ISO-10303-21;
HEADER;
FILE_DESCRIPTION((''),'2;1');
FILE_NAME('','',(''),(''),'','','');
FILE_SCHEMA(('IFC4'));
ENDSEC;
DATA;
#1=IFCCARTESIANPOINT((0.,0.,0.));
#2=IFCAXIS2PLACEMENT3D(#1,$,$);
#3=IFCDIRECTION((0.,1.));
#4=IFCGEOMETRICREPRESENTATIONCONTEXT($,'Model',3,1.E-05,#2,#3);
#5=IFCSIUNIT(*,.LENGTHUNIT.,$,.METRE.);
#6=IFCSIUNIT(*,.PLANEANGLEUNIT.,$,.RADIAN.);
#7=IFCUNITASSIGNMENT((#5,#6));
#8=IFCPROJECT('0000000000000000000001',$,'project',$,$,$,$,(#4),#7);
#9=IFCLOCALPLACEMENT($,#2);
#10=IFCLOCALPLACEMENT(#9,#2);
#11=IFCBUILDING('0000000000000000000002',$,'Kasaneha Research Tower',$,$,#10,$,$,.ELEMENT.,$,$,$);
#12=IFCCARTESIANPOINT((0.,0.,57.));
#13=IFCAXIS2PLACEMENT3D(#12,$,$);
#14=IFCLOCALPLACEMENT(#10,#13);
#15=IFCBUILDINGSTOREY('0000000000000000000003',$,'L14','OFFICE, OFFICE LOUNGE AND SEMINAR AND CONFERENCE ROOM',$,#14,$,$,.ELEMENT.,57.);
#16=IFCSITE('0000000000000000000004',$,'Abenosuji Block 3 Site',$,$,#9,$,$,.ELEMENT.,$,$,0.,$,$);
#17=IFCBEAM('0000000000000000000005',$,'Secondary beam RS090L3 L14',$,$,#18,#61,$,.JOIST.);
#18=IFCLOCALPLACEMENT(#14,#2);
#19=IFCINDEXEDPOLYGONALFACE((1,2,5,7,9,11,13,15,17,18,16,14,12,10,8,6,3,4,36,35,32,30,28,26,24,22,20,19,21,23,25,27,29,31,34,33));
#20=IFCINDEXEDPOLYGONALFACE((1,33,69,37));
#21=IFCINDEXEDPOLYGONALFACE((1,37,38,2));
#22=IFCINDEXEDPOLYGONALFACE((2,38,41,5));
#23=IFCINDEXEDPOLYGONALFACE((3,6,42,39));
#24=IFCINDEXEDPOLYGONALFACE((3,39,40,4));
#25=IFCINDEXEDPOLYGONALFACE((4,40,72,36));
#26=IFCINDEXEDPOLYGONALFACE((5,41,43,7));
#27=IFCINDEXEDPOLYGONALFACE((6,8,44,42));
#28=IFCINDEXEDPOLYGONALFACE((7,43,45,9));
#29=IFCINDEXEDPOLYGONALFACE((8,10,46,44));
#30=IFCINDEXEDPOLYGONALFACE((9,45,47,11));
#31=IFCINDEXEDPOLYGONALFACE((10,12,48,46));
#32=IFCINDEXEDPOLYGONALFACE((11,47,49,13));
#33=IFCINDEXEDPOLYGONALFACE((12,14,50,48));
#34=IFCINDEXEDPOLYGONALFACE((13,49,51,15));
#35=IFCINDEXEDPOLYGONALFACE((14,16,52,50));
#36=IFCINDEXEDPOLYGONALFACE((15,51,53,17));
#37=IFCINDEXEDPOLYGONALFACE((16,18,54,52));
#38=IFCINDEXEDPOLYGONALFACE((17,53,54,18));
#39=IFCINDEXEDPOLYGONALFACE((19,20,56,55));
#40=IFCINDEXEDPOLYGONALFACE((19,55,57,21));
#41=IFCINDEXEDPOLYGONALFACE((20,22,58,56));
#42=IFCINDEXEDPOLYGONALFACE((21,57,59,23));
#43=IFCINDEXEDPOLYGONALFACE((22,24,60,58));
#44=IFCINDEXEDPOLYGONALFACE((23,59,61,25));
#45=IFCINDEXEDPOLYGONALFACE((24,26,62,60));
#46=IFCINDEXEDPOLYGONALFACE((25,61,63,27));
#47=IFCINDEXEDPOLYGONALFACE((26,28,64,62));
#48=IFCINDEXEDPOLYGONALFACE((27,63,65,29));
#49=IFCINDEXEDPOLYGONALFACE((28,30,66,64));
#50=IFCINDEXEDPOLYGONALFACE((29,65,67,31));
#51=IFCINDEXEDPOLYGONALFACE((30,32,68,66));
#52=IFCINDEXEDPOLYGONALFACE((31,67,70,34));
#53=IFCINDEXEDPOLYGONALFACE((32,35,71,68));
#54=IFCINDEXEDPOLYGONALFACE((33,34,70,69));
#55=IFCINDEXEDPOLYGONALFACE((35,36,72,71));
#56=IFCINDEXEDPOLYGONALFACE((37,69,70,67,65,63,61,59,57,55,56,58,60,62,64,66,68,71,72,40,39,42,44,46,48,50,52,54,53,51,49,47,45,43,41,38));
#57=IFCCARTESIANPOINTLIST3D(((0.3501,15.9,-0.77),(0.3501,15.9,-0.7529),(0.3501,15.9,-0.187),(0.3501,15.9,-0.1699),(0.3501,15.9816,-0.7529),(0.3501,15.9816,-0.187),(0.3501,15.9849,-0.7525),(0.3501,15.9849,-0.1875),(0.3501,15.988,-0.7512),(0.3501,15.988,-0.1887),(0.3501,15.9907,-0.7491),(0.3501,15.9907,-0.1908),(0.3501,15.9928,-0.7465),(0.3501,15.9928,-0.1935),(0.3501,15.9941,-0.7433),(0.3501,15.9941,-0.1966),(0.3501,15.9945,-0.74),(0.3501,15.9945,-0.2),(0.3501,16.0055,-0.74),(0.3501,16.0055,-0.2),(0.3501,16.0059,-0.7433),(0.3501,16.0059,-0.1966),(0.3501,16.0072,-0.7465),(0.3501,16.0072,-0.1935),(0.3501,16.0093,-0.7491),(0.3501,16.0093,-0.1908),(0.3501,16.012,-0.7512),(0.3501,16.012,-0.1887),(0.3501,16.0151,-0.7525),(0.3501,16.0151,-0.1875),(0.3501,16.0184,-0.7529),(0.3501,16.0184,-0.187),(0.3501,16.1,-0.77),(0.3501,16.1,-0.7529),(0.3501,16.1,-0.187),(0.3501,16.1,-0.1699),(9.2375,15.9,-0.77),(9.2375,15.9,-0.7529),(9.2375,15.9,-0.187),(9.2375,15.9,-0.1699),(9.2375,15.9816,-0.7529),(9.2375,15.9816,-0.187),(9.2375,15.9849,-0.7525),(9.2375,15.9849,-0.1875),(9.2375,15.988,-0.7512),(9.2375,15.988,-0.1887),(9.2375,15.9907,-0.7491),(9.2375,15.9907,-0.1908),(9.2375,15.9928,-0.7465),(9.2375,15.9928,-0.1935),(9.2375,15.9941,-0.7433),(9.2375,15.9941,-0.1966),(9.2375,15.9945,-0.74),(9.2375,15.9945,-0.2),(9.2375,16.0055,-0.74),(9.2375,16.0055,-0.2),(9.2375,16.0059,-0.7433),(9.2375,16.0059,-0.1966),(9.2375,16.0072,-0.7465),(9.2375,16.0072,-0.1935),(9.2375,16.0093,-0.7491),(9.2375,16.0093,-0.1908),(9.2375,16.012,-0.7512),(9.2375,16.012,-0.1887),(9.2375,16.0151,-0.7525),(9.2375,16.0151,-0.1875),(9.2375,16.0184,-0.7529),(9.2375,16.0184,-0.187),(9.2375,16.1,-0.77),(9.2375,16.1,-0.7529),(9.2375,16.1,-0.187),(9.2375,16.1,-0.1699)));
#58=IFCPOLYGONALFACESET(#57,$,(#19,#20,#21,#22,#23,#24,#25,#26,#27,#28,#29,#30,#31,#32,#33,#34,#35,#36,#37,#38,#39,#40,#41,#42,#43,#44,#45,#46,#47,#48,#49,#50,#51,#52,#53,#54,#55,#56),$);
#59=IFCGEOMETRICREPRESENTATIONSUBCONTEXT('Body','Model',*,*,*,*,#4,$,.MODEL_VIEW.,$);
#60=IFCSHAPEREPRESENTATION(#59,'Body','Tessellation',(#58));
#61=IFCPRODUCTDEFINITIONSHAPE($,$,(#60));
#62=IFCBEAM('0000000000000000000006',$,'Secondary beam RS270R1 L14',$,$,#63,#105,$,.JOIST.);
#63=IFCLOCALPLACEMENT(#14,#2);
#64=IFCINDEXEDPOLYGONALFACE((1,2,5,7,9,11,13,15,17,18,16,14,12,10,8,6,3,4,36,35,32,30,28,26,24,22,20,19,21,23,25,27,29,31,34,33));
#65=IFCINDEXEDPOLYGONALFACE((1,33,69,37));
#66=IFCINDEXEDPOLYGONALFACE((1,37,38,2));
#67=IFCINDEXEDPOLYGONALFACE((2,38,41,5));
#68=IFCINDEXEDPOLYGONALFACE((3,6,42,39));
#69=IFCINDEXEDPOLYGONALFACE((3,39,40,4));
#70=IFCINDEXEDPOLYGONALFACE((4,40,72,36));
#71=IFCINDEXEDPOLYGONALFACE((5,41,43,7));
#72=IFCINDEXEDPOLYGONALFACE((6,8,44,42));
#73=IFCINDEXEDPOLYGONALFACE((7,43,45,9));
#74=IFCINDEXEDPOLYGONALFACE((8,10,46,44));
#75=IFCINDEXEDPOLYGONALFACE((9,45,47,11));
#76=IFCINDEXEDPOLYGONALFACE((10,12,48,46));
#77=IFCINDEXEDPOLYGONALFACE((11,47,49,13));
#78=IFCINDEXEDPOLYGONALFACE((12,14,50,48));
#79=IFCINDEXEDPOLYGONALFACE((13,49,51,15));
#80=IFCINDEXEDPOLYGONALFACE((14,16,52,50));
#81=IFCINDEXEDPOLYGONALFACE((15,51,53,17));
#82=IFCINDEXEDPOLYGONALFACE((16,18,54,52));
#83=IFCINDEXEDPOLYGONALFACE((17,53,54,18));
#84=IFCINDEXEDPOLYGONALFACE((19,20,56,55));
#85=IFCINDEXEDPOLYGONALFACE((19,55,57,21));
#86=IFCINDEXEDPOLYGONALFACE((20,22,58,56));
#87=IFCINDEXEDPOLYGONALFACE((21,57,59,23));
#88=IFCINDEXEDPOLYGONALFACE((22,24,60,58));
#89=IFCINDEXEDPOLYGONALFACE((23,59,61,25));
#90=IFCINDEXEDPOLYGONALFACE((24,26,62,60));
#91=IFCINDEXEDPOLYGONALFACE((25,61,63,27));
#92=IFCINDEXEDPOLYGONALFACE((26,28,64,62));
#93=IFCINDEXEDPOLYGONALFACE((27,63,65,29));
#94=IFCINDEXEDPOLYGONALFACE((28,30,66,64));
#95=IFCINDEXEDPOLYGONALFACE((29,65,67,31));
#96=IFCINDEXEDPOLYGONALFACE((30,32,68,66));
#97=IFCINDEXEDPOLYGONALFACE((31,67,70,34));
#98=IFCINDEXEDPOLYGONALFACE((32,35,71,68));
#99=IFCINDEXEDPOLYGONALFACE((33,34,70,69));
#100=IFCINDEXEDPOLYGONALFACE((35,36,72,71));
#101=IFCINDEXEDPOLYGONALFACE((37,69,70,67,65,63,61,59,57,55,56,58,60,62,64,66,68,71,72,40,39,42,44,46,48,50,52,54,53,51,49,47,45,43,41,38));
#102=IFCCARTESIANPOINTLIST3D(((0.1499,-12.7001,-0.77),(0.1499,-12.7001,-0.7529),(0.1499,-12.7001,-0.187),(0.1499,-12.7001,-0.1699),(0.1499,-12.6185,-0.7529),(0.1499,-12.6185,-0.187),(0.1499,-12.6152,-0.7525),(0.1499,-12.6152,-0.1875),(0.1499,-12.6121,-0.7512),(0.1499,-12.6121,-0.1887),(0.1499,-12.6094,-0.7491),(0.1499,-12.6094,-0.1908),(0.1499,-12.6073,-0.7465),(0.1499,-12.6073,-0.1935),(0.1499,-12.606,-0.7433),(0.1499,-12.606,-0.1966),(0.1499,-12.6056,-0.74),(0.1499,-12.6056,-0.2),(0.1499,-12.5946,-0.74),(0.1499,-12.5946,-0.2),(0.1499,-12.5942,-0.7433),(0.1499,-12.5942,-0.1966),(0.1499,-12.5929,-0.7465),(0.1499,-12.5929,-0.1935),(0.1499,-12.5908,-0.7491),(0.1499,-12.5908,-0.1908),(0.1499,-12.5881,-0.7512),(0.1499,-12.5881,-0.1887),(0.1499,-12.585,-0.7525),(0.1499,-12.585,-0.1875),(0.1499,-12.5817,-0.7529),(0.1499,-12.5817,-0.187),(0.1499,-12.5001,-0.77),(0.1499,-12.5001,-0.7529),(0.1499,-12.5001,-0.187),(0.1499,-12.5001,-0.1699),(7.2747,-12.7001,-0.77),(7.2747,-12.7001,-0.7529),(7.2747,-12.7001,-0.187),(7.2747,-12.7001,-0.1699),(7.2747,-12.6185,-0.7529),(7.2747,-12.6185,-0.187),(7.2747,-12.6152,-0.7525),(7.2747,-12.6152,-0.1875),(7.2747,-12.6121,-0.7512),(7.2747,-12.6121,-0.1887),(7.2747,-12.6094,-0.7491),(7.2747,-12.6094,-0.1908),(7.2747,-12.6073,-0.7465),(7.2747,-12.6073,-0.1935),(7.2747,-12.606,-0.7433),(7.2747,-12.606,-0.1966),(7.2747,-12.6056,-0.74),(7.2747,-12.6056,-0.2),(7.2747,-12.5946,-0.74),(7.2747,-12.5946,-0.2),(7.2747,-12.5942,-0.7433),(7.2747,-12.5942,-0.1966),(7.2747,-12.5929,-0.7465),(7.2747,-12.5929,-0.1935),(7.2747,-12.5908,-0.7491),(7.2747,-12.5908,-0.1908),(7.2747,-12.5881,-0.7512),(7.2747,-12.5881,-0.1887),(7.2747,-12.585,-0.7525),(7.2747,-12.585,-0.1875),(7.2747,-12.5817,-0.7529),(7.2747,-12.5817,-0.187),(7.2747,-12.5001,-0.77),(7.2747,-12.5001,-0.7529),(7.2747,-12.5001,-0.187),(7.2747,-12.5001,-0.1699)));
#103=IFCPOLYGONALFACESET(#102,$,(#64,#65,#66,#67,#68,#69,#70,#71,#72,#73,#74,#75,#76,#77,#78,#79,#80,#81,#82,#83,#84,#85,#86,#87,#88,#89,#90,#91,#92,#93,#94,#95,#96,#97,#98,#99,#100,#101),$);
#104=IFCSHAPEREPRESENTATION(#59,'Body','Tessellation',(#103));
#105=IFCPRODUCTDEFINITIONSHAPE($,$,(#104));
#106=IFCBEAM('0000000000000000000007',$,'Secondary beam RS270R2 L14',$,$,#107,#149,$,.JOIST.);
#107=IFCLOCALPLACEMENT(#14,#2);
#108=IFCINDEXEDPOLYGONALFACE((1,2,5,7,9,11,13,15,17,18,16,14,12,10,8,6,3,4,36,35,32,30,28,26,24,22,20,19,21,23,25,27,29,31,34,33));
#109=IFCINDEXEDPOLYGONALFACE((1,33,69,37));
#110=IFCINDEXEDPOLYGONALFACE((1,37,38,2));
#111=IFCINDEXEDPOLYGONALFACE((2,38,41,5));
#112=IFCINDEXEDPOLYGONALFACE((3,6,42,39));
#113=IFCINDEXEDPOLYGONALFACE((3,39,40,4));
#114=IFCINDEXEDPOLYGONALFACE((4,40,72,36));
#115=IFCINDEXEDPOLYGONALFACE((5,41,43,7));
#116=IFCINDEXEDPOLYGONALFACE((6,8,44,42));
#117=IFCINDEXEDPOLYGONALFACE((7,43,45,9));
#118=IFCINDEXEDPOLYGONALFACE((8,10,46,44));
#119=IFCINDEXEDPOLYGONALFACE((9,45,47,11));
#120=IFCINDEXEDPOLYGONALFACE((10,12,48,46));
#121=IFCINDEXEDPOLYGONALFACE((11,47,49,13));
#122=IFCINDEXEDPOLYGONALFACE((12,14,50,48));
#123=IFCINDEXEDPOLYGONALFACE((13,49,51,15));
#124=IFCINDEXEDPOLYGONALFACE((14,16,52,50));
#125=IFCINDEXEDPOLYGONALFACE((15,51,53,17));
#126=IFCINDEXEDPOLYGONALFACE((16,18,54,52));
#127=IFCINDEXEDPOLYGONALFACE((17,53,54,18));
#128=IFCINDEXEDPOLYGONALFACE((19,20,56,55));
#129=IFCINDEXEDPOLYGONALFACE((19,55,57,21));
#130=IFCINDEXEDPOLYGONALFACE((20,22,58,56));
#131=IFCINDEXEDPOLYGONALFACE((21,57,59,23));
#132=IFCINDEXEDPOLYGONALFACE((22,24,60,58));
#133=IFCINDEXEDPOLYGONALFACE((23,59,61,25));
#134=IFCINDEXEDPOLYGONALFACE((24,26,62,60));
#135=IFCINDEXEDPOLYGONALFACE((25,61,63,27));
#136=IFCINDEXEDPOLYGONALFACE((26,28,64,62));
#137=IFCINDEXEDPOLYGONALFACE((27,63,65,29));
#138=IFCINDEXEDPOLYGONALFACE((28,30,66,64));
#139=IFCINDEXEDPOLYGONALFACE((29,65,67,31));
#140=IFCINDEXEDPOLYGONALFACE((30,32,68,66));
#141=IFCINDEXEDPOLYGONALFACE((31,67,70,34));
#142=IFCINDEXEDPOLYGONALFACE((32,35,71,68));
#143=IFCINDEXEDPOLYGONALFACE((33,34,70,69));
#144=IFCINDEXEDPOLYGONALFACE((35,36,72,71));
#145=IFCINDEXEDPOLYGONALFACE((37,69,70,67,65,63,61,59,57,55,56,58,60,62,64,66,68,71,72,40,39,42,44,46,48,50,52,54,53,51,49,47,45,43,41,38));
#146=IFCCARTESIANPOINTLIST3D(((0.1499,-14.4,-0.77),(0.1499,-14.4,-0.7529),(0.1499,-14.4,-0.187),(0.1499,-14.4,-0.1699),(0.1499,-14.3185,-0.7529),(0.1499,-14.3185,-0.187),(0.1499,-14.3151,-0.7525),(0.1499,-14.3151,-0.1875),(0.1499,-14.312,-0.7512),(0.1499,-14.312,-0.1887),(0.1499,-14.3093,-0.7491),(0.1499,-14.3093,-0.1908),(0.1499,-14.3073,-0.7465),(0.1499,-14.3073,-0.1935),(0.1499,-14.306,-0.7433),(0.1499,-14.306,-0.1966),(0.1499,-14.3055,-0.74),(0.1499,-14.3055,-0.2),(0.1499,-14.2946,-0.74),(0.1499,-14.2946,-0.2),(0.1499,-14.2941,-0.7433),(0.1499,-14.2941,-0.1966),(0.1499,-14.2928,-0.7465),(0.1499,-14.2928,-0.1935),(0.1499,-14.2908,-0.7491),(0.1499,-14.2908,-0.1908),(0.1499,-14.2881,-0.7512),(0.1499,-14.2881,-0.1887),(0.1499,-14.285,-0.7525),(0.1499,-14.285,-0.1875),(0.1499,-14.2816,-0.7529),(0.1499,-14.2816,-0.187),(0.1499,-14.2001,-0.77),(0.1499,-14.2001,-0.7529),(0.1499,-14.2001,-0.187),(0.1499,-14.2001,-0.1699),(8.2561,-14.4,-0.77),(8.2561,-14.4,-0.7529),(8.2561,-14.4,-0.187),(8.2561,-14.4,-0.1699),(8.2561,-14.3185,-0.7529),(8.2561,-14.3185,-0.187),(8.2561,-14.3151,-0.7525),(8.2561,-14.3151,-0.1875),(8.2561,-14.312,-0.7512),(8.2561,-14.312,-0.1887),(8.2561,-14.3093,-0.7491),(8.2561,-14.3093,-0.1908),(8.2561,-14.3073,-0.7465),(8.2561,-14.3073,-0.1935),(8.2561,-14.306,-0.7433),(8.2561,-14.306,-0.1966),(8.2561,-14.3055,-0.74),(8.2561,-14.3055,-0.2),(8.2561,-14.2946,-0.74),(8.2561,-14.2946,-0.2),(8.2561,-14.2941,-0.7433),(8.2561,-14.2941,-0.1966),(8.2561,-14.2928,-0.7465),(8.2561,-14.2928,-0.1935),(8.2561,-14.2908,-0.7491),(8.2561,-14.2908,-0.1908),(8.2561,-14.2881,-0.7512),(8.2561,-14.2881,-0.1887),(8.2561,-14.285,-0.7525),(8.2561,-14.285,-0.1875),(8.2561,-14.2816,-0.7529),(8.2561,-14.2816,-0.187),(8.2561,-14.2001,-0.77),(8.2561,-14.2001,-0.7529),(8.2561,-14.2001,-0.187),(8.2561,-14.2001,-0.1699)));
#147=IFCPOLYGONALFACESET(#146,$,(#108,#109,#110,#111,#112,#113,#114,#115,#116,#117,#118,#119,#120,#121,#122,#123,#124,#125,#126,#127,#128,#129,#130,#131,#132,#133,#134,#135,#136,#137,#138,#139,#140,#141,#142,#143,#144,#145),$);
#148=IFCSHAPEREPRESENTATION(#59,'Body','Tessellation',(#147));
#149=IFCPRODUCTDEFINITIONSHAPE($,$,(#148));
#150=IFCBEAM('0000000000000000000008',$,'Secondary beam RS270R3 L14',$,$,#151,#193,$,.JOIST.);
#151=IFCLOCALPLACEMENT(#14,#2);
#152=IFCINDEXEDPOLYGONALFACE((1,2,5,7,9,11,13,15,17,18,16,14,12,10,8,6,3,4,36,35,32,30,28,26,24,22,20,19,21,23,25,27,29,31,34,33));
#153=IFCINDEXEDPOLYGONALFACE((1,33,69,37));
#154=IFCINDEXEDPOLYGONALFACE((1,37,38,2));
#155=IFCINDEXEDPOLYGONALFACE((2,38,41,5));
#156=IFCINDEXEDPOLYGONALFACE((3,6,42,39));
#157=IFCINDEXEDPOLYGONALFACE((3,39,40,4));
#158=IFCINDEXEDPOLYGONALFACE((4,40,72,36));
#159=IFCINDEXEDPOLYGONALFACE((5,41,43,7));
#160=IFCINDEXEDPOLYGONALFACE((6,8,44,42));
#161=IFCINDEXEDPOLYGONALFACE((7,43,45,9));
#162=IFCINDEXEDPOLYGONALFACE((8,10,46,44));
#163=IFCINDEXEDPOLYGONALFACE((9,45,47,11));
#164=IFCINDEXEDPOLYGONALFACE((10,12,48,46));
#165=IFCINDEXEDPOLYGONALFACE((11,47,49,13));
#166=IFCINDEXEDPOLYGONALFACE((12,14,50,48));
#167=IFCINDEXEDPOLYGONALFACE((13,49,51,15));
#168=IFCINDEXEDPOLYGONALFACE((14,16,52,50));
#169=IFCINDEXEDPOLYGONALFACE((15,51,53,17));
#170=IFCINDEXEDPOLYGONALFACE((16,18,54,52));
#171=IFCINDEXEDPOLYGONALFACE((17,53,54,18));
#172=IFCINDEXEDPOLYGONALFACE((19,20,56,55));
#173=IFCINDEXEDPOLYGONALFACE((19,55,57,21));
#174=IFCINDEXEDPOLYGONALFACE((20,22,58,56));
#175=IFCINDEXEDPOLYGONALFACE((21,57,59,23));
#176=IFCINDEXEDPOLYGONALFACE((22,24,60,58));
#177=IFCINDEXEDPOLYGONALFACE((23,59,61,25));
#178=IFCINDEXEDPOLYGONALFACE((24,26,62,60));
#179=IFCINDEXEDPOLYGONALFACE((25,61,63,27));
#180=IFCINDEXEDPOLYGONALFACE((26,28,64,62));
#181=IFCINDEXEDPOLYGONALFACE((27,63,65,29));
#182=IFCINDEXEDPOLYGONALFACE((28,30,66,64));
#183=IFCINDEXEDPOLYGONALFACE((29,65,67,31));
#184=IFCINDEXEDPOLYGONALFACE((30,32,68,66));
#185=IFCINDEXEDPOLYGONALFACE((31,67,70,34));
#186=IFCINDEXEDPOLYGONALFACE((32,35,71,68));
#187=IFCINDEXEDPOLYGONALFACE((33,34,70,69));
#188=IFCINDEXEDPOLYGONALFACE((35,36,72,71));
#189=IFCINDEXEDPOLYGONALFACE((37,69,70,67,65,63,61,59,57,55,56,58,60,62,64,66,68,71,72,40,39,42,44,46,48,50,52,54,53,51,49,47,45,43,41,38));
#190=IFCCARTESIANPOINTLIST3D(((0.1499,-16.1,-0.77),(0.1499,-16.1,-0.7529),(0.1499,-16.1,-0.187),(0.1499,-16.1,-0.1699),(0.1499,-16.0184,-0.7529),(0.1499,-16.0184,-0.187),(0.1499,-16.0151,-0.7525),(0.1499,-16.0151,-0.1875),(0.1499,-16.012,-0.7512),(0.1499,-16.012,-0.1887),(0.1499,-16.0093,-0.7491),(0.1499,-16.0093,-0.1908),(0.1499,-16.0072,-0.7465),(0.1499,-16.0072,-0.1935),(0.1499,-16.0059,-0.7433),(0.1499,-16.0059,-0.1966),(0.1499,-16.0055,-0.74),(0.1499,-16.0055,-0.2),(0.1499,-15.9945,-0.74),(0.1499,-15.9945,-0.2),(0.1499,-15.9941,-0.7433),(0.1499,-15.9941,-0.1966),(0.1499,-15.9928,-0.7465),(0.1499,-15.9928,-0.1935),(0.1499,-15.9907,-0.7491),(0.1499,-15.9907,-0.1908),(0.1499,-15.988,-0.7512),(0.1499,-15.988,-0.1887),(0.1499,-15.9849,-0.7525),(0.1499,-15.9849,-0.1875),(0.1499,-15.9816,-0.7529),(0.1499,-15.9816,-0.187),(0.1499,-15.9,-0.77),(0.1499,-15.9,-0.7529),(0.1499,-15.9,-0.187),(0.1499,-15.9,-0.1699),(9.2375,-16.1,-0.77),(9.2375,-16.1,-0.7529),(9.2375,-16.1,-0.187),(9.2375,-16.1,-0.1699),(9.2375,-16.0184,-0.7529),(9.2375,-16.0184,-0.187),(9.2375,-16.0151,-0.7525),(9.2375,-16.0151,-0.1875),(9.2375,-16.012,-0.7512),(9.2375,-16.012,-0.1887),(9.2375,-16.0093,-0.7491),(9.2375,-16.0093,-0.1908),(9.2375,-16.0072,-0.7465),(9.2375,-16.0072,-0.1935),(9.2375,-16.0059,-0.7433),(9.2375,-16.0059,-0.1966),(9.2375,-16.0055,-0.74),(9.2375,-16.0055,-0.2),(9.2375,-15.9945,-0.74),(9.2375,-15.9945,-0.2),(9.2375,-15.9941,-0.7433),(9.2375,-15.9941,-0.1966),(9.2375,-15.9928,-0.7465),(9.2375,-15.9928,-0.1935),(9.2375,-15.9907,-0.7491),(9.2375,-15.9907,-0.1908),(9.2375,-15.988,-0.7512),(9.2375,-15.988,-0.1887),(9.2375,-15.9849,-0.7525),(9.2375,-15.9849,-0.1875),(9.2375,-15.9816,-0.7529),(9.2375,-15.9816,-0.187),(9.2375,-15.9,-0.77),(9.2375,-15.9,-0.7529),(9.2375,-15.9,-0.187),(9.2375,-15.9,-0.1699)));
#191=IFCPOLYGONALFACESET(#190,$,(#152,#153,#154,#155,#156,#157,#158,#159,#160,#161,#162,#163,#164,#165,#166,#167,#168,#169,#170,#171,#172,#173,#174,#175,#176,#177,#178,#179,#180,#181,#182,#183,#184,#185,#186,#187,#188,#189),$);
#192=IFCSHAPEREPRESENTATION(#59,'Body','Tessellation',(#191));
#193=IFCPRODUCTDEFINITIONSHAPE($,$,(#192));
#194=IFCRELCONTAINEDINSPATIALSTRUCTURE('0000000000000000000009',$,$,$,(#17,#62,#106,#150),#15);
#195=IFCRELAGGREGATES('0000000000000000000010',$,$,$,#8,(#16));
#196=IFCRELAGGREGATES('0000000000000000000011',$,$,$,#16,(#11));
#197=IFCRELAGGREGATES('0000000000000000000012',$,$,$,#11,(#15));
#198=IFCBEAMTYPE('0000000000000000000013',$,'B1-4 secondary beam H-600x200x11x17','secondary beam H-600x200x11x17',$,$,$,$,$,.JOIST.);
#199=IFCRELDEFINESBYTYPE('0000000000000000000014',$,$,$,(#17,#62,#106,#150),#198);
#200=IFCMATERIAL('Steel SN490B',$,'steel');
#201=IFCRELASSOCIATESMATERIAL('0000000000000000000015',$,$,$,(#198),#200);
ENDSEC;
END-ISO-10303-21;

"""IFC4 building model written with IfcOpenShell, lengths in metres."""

from ifc_helpers import new_model, si_unit, direction, frame, origin, origin_2d, place, context, subcontext, project, spatial, i_section, extrude, material, material_profile, profile_set, type_object, element, save


model = new_model("IFC4")

# Units and contexts
model_context = context("Model", 3, precision=1e-05, world=origin(), true_north=direction((0.0, 1.0)))
body_context = subcontext(model_context, "Body", "Model", "MODEL_VIEW")
ifc_project = project(units=[si_unit("LENGTHUNIT", "METRE"), si_unit("PLANEANGLEUNIT", "RADIAN")], contexts=[model_context])

# Site, building, storey
site_placement = place(None, origin())
site = spatial("IfcSite", under=ifc_project, at=site_placement, Name="Abenosuji Block 3 Site", CompositionType="ELEMENT", RefElevation=0.0)
building_placement = place(site_placement, origin())
building = spatial("IfcBuilding", under=site, at=building_placement, Name="Kasaneha Research Tower", CompositionType="ELEMENT")
storey_placement = place(building_placement, frame((0.0, 0.0, 57.0)))
storey = spatial("IfcBuildingStorey", under=building, at=storey_placement, Name="L14", Description="OFFICE, OFFICE LOUNGE AND SEMINAR AND CONFERENCE ROOM", CompositionType="ELEMENT", Elevation=57.0)

# Beams
ifc_material_1 = material(Name="Steel SN490B", Category="steel")
ifc_material_profile_1 = material_profile(ifc_material_1, i_section(OverallWidth=0.2, OverallDepth=0.6001, WebThickness=0.011, FlangeThickness=0.0171, FilletRadius=0.0129, at=origin_2d()), Name="H-600x200x11x17")
ifc_profile_set_1 = profile_set([ifc_material_profile_1], Name="Steel SN490B")
beam_type_1 = type_object("IfcBeamType", Name="B1-4 secondary beam H-600x200x11x17", Description="secondary beam H-600x200x11x17", PredefinedType="JOIST", material=ifc_profile_set_1)
beam_1_placement = place(storey_placement, frame((9.2375, 16.0, -0.47), z_axis=(-1.0, 0.0, 0.0), x_axis=(0.0, -1.0, 0.0)))
element("IfcBeam", 1, at=beam_1_placement, inside=storey, type_object=beam_type_1, Name="Secondary beam RS090L3 L14", PredefinedType="JOIST", context=body_context, shape_type="SweptSolid", body=[
    extrude(i_section(OverallWidth=0.2, OverallDepth=0.6001, WebThickness=0.011, FlangeThickness=0.0171, FilletRadius=0.0129, at=origin_2d()), origin(), (0.0, 0.0, 1.0), 8.8875),
])
beam_2_placement = place(storey_placement, frame((7.2747, -12.6001, -0.47), z_axis=(-1.0, 0.0, 0.0), x_axis=(0.0, -1.0, 0.0)))
element("IfcBeam", 2, at=beam_2_placement, inside=storey, type_object=beam_type_1, Name="Secondary beam RS270R1 L14", PredefinedType="JOIST", context=body_context, shape_type="SweptSolid", body=[
    extrude(i_section(OverallWidth=0.2, OverallDepth=0.6001, WebThickness=0.011, FlangeThickness=0.0171, FilletRadius=0.0129, at=origin_2d()), origin(), (0.0, 0.0, 1.0), 7.1248),
])
beam_3_placement = place(storey_placement, frame((8.2561, -14.3, -0.47), z_axis=(-1.0, 0.0, 0.0), x_axis=(0.0, -1.0, 0.0)))
element("IfcBeam", 3, at=beam_3_placement, inside=storey, type_object=beam_type_1, Name="Secondary beam RS270R2 L14", PredefinedType="JOIST", context=body_context, shape_type="SweptSolid", body=[
    extrude(i_section(OverallWidth=0.2, OverallDepth=0.6001, WebThickness=0.011, FlangeThickness=0.0171, FilletRadius=0.0129, at=origin_2d()), origin(), (0.0, 0.0, 1.0), 8.1062),
])
beam_4_placement = place(storey_placement, frame((9.2375, -16.0, -0.47), z_axis=(-1.0, 0.0, 0.0), x_axis=(0.0, -1.0, 0.0)))
element("IfcBeam", 4, at=beam_4_placement, inside=storey, type_object=beam_type_1, Name="Secondary beam RS270R3 L14", PredefinedType="JOIST", context=body_context, shape_type="SweptSolid", body=[
    extrude(i_section(OverallWidth=0.2, OverallDepth=0.6001, WebThickness=0.011, FlangeThickness=0.0171, FilletRadius=0.0129, at=origin_2d()), origin(), (0.0, 0.0, 1.0), 9.0876),
])

save(model, "model.ifc")
